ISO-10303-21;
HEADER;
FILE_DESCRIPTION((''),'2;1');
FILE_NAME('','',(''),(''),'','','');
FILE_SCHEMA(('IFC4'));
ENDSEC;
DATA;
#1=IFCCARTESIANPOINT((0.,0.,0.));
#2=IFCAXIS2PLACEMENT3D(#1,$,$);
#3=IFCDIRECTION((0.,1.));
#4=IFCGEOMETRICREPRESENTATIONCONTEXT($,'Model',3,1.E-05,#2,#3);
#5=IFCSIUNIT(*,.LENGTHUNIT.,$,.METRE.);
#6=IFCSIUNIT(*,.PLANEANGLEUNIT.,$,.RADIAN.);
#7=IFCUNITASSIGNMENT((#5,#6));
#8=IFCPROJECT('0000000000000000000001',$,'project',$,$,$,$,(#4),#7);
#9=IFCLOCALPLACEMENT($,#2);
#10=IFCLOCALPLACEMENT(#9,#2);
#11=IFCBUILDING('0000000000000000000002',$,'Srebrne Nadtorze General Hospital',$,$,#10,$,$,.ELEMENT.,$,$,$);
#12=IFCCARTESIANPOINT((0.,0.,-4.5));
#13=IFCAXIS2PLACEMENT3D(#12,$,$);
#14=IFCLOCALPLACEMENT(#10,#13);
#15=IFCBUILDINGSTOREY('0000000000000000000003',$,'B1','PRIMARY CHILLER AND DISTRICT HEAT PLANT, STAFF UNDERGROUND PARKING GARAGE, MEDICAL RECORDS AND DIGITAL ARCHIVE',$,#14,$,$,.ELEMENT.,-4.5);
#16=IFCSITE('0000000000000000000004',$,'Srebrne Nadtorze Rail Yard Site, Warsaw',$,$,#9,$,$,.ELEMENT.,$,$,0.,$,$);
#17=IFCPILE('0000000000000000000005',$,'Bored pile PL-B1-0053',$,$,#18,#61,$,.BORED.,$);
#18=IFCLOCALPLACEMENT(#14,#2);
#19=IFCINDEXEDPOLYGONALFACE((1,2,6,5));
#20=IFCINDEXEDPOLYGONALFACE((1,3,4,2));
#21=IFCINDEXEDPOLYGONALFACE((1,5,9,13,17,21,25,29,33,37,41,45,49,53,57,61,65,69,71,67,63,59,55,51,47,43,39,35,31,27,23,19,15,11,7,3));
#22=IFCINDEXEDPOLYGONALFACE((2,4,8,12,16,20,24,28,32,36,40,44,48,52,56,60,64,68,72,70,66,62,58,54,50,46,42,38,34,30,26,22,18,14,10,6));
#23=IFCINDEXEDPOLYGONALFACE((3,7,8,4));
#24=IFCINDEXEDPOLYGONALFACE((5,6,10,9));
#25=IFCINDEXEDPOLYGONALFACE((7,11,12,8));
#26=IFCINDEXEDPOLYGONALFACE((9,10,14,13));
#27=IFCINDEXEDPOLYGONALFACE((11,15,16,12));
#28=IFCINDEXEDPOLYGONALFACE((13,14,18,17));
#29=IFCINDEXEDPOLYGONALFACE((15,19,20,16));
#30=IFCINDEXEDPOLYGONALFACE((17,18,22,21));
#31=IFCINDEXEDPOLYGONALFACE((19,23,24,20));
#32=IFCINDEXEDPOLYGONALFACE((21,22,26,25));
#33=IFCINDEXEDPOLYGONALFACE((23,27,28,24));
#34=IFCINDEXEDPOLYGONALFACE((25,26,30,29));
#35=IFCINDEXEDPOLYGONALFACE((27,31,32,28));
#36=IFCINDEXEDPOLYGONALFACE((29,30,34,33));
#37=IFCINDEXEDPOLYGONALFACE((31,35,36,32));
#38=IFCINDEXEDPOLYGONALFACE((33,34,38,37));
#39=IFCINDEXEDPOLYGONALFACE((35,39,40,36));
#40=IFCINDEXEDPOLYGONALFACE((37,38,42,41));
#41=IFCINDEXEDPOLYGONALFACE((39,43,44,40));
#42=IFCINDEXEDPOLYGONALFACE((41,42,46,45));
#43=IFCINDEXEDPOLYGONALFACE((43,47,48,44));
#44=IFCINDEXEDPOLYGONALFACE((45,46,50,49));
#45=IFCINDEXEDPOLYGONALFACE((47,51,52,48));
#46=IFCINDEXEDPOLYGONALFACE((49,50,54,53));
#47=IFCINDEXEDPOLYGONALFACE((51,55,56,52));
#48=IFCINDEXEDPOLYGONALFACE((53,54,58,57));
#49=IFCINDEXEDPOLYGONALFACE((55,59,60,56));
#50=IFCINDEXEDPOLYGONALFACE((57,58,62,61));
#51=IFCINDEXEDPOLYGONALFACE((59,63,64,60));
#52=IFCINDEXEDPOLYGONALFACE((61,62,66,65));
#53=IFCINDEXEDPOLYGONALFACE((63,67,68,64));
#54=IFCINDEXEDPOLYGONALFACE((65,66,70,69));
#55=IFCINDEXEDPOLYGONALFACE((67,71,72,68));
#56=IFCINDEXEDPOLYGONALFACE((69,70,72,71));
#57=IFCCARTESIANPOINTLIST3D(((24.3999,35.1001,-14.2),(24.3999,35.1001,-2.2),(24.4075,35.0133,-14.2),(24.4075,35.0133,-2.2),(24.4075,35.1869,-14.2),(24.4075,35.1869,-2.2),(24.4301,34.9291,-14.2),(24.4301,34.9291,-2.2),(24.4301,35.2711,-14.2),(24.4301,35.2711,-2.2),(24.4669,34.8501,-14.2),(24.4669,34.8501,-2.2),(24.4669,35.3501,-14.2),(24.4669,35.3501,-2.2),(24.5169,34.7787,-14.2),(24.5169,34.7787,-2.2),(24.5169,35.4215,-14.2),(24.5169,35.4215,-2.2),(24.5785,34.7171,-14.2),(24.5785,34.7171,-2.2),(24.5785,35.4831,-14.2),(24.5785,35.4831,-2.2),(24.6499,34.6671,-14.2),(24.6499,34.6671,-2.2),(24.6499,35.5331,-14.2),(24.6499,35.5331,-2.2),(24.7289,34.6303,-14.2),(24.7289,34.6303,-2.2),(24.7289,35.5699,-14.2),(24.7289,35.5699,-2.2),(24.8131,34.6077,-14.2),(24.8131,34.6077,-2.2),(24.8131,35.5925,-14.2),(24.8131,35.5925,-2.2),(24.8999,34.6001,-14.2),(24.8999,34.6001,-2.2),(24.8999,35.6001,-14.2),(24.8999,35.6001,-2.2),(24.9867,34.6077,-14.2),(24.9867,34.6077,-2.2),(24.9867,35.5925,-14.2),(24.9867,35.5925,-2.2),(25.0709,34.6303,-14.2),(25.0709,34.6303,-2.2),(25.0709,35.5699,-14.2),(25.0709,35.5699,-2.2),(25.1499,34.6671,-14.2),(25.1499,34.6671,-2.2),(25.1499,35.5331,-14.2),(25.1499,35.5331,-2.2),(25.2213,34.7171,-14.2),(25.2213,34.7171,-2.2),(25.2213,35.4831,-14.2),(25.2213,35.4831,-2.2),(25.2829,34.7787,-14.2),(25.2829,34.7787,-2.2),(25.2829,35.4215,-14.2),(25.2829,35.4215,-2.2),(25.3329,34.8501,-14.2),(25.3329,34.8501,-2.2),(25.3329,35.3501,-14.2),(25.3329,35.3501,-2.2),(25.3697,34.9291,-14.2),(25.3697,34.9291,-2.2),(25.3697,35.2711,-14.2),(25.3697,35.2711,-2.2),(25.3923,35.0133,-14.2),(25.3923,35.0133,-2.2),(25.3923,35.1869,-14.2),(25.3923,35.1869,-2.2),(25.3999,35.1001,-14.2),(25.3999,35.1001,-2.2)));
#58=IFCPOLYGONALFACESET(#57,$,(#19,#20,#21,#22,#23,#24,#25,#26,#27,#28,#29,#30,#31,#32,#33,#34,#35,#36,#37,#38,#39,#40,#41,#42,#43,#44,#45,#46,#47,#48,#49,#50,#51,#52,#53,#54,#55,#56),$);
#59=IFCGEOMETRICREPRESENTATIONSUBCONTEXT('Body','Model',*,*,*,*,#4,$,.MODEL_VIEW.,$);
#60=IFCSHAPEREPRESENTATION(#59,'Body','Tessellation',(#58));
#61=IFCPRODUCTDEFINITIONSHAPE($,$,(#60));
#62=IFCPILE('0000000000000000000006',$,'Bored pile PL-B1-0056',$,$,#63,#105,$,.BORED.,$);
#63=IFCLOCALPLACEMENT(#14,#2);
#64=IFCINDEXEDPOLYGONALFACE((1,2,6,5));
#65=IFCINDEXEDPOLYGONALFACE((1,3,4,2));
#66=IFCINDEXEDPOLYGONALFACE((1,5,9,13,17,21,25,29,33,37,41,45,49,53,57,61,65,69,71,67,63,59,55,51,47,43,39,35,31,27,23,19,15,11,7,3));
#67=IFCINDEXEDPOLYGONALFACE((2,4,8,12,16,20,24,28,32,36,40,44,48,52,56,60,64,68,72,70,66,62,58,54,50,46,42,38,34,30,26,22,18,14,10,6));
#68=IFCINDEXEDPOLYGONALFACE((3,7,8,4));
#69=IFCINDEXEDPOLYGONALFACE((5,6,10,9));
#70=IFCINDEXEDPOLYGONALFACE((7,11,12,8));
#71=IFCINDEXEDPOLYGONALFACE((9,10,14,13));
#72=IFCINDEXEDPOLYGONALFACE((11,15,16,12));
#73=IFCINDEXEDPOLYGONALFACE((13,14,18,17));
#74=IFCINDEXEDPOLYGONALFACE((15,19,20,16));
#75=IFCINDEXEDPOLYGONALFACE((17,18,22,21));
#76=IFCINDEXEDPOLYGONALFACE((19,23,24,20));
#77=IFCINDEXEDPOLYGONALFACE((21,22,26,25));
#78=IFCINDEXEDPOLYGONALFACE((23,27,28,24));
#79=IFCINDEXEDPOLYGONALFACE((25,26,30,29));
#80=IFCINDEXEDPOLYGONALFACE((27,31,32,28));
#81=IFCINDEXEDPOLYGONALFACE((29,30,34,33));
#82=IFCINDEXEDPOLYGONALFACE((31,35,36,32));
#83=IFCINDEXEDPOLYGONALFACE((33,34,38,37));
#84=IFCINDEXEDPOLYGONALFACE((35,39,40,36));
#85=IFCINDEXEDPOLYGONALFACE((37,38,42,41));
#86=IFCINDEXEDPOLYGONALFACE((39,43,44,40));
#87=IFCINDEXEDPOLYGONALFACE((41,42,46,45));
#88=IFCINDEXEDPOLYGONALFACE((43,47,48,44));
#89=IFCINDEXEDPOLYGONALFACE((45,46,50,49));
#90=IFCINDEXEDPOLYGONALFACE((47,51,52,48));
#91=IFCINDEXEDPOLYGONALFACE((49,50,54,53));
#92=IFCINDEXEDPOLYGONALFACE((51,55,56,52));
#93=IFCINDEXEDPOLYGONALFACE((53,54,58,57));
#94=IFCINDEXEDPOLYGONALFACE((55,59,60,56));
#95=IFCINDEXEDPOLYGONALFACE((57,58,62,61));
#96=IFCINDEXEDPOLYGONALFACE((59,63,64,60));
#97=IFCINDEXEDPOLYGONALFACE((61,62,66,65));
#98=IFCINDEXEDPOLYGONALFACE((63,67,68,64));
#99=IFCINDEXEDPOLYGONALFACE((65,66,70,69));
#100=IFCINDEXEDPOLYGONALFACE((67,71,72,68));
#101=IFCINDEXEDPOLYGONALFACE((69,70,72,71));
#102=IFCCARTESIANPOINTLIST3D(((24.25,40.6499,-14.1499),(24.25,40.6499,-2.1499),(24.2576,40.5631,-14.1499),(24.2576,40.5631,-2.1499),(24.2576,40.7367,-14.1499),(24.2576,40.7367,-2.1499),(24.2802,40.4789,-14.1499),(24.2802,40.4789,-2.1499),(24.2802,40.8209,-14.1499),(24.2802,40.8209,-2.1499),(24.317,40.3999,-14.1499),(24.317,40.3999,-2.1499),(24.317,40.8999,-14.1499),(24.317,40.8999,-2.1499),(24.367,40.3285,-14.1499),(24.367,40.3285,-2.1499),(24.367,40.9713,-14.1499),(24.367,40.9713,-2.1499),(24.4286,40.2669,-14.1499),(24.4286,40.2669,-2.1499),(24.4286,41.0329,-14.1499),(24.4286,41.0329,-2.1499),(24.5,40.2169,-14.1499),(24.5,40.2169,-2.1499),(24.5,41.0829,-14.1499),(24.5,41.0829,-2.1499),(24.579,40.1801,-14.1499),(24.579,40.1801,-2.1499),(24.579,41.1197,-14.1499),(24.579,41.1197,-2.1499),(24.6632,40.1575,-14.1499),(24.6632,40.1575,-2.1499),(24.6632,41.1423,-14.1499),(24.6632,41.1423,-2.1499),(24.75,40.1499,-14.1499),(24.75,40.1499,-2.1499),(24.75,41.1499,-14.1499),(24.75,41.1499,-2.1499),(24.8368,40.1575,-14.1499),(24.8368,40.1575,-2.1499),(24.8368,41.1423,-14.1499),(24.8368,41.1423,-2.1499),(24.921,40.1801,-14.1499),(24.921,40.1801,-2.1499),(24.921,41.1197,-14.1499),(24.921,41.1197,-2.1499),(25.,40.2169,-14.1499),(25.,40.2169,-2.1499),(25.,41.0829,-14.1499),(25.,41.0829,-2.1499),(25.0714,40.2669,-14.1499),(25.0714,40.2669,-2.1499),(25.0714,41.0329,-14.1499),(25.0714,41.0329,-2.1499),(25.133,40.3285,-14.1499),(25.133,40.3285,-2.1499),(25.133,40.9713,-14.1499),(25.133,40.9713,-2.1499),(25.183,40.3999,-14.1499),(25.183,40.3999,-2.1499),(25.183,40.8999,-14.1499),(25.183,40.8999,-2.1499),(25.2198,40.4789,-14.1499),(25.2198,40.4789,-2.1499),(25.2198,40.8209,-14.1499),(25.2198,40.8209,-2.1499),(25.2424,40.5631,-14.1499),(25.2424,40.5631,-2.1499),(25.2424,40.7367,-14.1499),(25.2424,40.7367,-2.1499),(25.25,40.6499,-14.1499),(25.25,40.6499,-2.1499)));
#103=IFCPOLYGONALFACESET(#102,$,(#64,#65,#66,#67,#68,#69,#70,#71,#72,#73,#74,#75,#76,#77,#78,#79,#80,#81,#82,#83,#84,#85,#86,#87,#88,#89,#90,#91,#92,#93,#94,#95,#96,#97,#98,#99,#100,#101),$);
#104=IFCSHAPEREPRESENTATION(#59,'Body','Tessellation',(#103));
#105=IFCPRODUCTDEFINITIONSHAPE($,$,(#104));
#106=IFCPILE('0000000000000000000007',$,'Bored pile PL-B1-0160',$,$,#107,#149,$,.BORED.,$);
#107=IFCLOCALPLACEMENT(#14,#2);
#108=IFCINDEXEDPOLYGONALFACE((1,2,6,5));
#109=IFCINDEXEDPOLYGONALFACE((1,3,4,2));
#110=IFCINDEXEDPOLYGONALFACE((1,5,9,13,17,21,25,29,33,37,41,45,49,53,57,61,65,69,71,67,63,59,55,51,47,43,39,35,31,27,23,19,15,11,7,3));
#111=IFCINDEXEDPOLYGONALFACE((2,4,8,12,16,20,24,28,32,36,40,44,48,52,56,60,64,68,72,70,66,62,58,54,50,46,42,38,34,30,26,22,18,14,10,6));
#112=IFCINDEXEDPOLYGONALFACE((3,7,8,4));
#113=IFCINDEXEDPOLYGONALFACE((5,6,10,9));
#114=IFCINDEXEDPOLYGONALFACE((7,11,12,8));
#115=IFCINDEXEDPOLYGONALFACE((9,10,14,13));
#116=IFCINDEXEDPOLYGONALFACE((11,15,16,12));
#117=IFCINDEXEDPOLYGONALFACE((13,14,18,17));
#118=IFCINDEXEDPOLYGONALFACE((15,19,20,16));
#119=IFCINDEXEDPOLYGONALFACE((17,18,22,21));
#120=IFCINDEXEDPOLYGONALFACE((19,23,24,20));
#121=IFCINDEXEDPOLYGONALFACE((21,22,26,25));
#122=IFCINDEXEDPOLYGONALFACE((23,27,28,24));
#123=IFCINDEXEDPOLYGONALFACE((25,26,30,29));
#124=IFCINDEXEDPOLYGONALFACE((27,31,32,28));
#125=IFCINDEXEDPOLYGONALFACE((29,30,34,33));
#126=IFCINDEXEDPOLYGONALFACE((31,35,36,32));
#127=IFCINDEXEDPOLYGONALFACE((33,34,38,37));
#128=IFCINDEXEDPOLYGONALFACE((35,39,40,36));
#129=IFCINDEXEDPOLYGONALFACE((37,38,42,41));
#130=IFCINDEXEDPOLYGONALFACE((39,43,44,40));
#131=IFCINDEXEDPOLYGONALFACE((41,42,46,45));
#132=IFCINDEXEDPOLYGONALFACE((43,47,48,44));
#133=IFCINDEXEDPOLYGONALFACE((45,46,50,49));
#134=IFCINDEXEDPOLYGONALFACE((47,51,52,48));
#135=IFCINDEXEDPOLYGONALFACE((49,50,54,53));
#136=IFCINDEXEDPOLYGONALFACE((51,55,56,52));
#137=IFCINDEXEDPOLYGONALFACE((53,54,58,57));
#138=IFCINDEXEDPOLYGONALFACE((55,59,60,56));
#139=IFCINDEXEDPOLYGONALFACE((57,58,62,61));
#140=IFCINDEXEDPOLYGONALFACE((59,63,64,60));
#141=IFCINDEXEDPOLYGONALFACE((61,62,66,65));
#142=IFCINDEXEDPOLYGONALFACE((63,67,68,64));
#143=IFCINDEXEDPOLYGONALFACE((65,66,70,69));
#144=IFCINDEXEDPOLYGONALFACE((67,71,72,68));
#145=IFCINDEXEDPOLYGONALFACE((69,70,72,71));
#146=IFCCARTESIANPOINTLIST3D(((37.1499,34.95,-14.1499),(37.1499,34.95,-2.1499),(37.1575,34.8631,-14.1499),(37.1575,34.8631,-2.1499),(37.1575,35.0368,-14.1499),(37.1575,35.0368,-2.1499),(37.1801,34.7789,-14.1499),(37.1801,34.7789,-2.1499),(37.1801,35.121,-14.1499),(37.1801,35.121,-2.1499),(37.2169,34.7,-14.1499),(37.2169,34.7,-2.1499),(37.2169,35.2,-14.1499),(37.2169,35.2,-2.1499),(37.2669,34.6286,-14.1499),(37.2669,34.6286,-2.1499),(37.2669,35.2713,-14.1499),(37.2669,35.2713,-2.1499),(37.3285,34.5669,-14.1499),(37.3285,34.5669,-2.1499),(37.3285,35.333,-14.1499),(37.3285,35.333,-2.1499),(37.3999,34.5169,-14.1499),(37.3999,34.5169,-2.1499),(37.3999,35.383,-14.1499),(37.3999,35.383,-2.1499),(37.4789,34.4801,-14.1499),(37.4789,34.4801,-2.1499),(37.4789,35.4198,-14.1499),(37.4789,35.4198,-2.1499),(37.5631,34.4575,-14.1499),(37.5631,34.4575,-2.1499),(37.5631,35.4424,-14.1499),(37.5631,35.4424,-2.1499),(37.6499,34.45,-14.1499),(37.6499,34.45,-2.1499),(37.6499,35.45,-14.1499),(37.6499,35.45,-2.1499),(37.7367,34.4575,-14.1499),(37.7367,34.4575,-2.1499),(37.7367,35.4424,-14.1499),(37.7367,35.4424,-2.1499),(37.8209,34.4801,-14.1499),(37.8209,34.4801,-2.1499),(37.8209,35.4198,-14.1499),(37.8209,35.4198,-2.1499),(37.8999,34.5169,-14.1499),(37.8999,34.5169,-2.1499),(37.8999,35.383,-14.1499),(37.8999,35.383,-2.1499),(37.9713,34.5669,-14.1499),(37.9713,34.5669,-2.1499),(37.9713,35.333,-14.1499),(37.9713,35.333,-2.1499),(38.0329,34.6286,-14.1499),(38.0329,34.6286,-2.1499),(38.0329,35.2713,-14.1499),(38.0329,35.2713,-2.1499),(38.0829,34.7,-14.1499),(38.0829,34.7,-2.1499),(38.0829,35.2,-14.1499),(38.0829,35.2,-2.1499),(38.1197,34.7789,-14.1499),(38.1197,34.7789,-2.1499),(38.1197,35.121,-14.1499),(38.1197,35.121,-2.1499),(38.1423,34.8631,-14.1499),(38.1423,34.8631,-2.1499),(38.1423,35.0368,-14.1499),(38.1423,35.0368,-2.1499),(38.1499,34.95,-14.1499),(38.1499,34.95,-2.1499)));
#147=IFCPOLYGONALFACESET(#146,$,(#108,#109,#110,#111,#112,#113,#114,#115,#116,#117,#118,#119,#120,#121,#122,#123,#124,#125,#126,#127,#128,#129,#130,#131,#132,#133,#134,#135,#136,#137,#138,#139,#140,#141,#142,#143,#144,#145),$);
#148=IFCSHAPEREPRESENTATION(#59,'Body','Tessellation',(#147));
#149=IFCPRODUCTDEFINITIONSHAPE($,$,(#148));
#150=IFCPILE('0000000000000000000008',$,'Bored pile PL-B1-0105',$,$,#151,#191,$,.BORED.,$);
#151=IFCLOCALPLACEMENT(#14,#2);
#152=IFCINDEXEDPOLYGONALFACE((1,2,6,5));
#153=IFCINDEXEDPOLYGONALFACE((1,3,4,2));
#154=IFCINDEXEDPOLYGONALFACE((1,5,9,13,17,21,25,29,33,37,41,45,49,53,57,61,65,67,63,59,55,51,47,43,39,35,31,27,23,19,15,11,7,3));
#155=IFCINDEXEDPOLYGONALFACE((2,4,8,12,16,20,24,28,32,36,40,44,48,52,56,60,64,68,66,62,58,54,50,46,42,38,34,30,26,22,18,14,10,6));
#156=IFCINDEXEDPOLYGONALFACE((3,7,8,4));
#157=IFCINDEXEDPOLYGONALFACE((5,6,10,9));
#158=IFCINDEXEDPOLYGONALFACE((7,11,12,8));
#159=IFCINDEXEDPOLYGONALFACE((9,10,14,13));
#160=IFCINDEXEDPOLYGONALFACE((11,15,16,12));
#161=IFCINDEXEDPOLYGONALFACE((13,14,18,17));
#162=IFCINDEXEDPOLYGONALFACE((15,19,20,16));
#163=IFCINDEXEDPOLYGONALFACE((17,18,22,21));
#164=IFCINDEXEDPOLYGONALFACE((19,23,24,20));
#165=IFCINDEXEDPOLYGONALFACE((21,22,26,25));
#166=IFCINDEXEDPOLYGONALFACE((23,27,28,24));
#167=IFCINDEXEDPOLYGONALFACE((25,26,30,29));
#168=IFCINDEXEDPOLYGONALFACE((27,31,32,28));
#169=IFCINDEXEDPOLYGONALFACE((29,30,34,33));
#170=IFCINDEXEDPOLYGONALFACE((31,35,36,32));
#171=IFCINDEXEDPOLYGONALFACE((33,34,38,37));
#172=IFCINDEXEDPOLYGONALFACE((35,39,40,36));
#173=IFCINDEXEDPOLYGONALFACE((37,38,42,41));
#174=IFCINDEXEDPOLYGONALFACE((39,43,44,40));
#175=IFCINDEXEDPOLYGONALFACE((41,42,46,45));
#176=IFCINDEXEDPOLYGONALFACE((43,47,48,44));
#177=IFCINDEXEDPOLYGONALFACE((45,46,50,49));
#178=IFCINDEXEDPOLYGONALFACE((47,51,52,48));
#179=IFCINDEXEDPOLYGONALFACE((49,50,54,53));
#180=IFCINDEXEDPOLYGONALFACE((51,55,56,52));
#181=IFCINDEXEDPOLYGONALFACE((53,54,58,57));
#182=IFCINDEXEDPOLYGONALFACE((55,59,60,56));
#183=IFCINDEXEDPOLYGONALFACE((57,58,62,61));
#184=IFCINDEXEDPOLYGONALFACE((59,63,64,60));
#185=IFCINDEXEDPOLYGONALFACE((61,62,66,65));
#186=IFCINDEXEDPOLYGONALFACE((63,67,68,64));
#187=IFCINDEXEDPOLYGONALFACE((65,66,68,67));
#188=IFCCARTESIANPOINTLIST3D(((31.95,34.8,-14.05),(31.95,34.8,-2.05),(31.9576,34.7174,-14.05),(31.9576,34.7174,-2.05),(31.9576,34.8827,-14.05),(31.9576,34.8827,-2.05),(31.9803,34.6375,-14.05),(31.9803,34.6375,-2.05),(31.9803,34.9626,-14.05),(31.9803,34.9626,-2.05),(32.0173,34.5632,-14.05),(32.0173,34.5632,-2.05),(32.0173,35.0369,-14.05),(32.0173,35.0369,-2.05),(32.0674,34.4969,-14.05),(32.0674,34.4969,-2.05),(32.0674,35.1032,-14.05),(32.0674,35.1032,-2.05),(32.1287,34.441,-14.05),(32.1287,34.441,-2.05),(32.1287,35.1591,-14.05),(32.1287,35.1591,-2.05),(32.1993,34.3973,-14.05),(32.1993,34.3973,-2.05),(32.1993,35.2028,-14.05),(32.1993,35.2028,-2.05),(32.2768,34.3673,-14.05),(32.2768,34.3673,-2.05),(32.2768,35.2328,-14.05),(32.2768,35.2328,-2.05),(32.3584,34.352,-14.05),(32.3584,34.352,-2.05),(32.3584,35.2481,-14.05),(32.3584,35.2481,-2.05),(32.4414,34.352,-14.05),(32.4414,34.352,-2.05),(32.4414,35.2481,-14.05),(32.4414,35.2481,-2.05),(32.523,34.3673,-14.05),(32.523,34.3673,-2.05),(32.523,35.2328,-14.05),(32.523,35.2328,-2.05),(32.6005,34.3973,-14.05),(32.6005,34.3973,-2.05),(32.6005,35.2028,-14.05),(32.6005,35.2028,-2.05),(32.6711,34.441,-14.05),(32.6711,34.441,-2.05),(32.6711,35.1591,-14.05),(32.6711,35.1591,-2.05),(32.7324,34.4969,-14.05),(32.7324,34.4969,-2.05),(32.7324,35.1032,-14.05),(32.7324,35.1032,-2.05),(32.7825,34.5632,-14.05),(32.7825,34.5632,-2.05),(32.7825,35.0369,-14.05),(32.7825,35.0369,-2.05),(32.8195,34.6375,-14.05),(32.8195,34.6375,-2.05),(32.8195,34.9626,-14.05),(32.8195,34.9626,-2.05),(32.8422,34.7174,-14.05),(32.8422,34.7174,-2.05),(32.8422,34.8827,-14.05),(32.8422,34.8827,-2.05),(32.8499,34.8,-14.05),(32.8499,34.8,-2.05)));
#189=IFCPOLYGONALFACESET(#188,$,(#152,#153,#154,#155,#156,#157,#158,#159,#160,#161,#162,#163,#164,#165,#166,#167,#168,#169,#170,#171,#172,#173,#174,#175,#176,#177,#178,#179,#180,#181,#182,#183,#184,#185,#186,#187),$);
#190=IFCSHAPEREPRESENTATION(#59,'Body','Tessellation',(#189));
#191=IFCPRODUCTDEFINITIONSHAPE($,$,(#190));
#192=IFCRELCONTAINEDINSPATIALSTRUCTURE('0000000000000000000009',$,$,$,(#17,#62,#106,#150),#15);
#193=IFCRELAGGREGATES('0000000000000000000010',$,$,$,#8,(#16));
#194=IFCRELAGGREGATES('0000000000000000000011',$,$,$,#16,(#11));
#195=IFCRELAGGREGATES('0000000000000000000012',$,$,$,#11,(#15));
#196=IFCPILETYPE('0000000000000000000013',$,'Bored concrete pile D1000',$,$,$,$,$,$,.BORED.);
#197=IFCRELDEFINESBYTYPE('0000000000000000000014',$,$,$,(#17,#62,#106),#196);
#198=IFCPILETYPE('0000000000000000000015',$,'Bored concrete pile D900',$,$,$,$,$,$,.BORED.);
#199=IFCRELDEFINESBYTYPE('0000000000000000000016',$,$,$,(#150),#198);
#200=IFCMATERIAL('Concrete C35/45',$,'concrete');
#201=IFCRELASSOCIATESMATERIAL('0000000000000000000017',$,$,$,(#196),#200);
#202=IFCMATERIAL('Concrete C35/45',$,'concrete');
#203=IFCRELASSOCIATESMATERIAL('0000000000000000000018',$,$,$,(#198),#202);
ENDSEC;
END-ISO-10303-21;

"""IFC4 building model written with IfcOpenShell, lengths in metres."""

from ifc_helpers import new_model, si_unit, direction, frame, origin, origin_2d, place, context, subcontext, project, spatial, circle, extrude, material, material_profile, profile_set, type_object, element, save


model = new_model("IFC4")

# Units and contexts
model_context = context("Model", 3, precision=1e-05, world=origin(), true_north=direction((0.0, 1.0)))
body_context = subcontext(model_context, "Body", "Model", "MODEL_VIEW")
ifc_project = project(units=[si_unit("LENGTHUNIT", "METRE"), si_unit("PLANEANGLEUNIT", "RADIAN")], contexts=[model_context])

# Site, building, storey
site_placement = place(None, origin())
site = spatial("IfcSite", under=ifc_project, at=site_placement, Name="Srebrne Nadtorze Rail Yard Site, Warsaw", CompositionType="ELEMENT", RefElevation=0.0)
building_placement = place(site_placement, origin())
building = spatial("IfcBuilding", under=site, at=building_placement, Name="Srebrne Nadtorze General Hospital", CompositionType="ELEMENT")
storey_placement = place(building_placement, frame((0.0, 0.0, -4.5)))
storey = spatial("IfcBuildingStorey", under=building, at=storey_placement, Name="B1", Description="PRIMARY CHILLER AND DISTRICT HEAT PLANT, STAFF UNDERGROUND PARKING GARAGE, MEDICAL RECORDS AND DIGITAL ARCHIVE", CompositionType="ELEMENT", Elevation=-4.5)

# Piles
ifc_material_1 = material(Name="Concrete C35/45", Category="concrete")
ifc_material_profile_1 = material_profile(ifc_material_1, circle(Radius=0.5, at=origin_2d()), Name="PILE-D1000")
ifc_profile_set_1 = profile_set([ifc_material_profile_1], Name="Concrete C35/45")
pile_type_1 = type_object("IfcPileType", Name="Bored concrete pile D1000", PredefinedType="BORED", material=ifc_profile_set_1)
for number, where, z_axis, x_axis, name in (
    (1, (24.8999, 35.1001, -2.2), (0.0, 0.0, -1.0), (1.0, 0.0, 0.0), "Bored pile PL-B1-0053"),
    (2, (24.75, 40.6499, -2.1499), (0.0, 0.0, -1.0), (1.0, 0.0, 0.0), "Bored pile PL-B1-0056"),
    (3, (37.6499, 34.95, -2.1499), (0.0, 0.0, -1.0), (1.0, 0.0, 0.0), "Bored pile PL-B1-0160"),
):
    element("IfcPile", number, at=place(storey_placement, frame(where, z_axis=z_axis, x_axis=x_axis)), inside=storey, type_object=pile_type_1, Name=name, PredefinedType="BORED", context=body_context, shape_type="SweptSolid", body=[
        extrude(circle(Radius=0.5, at=origin_2d()), origin(), (0.0, 0.0, 1.0), 12.0),
    ])
ifc_material_2 = material(Name="Concrete C35/45", Category="concrete")
ifc_material_profile_2 = material_profile(ifc_material_2, circle(Radius=0.45, at=origin_2d()), Name="PILE-D900")
ifc_profile_set_2 = profile_set([ifc_material_profile_2], Name="Concrete C35/45")
pile_type_2 = type_object("IfcPileType", Name="Bored concrete pile D900", PredefinedType="BORED", material=ifc_profile_set_2)
for number, where, z_axis, x_axis, name in (
    (4, (32.3999, 34.8, -2.05), (0.0, 0.0, -1.0), (1.0, 0.0, 0.0), "Bored pile PL-B1-0105"),
):
    element("IfcPile", number, at=place(storey_placement, frame(where, z_axis=z_axis, x_axis=x_axis)), inside=storey, type_object=pile_type_2, Name=name, PredefinedType="BORED", context=body_context, shape_type="SweptSolid", body=[
        extrude(circle(Radius=0.45, at=origin_2d()), origin(), (0.0, 0.0, 1.0), 12.0),
    ])

save(model, "model.ifc")
